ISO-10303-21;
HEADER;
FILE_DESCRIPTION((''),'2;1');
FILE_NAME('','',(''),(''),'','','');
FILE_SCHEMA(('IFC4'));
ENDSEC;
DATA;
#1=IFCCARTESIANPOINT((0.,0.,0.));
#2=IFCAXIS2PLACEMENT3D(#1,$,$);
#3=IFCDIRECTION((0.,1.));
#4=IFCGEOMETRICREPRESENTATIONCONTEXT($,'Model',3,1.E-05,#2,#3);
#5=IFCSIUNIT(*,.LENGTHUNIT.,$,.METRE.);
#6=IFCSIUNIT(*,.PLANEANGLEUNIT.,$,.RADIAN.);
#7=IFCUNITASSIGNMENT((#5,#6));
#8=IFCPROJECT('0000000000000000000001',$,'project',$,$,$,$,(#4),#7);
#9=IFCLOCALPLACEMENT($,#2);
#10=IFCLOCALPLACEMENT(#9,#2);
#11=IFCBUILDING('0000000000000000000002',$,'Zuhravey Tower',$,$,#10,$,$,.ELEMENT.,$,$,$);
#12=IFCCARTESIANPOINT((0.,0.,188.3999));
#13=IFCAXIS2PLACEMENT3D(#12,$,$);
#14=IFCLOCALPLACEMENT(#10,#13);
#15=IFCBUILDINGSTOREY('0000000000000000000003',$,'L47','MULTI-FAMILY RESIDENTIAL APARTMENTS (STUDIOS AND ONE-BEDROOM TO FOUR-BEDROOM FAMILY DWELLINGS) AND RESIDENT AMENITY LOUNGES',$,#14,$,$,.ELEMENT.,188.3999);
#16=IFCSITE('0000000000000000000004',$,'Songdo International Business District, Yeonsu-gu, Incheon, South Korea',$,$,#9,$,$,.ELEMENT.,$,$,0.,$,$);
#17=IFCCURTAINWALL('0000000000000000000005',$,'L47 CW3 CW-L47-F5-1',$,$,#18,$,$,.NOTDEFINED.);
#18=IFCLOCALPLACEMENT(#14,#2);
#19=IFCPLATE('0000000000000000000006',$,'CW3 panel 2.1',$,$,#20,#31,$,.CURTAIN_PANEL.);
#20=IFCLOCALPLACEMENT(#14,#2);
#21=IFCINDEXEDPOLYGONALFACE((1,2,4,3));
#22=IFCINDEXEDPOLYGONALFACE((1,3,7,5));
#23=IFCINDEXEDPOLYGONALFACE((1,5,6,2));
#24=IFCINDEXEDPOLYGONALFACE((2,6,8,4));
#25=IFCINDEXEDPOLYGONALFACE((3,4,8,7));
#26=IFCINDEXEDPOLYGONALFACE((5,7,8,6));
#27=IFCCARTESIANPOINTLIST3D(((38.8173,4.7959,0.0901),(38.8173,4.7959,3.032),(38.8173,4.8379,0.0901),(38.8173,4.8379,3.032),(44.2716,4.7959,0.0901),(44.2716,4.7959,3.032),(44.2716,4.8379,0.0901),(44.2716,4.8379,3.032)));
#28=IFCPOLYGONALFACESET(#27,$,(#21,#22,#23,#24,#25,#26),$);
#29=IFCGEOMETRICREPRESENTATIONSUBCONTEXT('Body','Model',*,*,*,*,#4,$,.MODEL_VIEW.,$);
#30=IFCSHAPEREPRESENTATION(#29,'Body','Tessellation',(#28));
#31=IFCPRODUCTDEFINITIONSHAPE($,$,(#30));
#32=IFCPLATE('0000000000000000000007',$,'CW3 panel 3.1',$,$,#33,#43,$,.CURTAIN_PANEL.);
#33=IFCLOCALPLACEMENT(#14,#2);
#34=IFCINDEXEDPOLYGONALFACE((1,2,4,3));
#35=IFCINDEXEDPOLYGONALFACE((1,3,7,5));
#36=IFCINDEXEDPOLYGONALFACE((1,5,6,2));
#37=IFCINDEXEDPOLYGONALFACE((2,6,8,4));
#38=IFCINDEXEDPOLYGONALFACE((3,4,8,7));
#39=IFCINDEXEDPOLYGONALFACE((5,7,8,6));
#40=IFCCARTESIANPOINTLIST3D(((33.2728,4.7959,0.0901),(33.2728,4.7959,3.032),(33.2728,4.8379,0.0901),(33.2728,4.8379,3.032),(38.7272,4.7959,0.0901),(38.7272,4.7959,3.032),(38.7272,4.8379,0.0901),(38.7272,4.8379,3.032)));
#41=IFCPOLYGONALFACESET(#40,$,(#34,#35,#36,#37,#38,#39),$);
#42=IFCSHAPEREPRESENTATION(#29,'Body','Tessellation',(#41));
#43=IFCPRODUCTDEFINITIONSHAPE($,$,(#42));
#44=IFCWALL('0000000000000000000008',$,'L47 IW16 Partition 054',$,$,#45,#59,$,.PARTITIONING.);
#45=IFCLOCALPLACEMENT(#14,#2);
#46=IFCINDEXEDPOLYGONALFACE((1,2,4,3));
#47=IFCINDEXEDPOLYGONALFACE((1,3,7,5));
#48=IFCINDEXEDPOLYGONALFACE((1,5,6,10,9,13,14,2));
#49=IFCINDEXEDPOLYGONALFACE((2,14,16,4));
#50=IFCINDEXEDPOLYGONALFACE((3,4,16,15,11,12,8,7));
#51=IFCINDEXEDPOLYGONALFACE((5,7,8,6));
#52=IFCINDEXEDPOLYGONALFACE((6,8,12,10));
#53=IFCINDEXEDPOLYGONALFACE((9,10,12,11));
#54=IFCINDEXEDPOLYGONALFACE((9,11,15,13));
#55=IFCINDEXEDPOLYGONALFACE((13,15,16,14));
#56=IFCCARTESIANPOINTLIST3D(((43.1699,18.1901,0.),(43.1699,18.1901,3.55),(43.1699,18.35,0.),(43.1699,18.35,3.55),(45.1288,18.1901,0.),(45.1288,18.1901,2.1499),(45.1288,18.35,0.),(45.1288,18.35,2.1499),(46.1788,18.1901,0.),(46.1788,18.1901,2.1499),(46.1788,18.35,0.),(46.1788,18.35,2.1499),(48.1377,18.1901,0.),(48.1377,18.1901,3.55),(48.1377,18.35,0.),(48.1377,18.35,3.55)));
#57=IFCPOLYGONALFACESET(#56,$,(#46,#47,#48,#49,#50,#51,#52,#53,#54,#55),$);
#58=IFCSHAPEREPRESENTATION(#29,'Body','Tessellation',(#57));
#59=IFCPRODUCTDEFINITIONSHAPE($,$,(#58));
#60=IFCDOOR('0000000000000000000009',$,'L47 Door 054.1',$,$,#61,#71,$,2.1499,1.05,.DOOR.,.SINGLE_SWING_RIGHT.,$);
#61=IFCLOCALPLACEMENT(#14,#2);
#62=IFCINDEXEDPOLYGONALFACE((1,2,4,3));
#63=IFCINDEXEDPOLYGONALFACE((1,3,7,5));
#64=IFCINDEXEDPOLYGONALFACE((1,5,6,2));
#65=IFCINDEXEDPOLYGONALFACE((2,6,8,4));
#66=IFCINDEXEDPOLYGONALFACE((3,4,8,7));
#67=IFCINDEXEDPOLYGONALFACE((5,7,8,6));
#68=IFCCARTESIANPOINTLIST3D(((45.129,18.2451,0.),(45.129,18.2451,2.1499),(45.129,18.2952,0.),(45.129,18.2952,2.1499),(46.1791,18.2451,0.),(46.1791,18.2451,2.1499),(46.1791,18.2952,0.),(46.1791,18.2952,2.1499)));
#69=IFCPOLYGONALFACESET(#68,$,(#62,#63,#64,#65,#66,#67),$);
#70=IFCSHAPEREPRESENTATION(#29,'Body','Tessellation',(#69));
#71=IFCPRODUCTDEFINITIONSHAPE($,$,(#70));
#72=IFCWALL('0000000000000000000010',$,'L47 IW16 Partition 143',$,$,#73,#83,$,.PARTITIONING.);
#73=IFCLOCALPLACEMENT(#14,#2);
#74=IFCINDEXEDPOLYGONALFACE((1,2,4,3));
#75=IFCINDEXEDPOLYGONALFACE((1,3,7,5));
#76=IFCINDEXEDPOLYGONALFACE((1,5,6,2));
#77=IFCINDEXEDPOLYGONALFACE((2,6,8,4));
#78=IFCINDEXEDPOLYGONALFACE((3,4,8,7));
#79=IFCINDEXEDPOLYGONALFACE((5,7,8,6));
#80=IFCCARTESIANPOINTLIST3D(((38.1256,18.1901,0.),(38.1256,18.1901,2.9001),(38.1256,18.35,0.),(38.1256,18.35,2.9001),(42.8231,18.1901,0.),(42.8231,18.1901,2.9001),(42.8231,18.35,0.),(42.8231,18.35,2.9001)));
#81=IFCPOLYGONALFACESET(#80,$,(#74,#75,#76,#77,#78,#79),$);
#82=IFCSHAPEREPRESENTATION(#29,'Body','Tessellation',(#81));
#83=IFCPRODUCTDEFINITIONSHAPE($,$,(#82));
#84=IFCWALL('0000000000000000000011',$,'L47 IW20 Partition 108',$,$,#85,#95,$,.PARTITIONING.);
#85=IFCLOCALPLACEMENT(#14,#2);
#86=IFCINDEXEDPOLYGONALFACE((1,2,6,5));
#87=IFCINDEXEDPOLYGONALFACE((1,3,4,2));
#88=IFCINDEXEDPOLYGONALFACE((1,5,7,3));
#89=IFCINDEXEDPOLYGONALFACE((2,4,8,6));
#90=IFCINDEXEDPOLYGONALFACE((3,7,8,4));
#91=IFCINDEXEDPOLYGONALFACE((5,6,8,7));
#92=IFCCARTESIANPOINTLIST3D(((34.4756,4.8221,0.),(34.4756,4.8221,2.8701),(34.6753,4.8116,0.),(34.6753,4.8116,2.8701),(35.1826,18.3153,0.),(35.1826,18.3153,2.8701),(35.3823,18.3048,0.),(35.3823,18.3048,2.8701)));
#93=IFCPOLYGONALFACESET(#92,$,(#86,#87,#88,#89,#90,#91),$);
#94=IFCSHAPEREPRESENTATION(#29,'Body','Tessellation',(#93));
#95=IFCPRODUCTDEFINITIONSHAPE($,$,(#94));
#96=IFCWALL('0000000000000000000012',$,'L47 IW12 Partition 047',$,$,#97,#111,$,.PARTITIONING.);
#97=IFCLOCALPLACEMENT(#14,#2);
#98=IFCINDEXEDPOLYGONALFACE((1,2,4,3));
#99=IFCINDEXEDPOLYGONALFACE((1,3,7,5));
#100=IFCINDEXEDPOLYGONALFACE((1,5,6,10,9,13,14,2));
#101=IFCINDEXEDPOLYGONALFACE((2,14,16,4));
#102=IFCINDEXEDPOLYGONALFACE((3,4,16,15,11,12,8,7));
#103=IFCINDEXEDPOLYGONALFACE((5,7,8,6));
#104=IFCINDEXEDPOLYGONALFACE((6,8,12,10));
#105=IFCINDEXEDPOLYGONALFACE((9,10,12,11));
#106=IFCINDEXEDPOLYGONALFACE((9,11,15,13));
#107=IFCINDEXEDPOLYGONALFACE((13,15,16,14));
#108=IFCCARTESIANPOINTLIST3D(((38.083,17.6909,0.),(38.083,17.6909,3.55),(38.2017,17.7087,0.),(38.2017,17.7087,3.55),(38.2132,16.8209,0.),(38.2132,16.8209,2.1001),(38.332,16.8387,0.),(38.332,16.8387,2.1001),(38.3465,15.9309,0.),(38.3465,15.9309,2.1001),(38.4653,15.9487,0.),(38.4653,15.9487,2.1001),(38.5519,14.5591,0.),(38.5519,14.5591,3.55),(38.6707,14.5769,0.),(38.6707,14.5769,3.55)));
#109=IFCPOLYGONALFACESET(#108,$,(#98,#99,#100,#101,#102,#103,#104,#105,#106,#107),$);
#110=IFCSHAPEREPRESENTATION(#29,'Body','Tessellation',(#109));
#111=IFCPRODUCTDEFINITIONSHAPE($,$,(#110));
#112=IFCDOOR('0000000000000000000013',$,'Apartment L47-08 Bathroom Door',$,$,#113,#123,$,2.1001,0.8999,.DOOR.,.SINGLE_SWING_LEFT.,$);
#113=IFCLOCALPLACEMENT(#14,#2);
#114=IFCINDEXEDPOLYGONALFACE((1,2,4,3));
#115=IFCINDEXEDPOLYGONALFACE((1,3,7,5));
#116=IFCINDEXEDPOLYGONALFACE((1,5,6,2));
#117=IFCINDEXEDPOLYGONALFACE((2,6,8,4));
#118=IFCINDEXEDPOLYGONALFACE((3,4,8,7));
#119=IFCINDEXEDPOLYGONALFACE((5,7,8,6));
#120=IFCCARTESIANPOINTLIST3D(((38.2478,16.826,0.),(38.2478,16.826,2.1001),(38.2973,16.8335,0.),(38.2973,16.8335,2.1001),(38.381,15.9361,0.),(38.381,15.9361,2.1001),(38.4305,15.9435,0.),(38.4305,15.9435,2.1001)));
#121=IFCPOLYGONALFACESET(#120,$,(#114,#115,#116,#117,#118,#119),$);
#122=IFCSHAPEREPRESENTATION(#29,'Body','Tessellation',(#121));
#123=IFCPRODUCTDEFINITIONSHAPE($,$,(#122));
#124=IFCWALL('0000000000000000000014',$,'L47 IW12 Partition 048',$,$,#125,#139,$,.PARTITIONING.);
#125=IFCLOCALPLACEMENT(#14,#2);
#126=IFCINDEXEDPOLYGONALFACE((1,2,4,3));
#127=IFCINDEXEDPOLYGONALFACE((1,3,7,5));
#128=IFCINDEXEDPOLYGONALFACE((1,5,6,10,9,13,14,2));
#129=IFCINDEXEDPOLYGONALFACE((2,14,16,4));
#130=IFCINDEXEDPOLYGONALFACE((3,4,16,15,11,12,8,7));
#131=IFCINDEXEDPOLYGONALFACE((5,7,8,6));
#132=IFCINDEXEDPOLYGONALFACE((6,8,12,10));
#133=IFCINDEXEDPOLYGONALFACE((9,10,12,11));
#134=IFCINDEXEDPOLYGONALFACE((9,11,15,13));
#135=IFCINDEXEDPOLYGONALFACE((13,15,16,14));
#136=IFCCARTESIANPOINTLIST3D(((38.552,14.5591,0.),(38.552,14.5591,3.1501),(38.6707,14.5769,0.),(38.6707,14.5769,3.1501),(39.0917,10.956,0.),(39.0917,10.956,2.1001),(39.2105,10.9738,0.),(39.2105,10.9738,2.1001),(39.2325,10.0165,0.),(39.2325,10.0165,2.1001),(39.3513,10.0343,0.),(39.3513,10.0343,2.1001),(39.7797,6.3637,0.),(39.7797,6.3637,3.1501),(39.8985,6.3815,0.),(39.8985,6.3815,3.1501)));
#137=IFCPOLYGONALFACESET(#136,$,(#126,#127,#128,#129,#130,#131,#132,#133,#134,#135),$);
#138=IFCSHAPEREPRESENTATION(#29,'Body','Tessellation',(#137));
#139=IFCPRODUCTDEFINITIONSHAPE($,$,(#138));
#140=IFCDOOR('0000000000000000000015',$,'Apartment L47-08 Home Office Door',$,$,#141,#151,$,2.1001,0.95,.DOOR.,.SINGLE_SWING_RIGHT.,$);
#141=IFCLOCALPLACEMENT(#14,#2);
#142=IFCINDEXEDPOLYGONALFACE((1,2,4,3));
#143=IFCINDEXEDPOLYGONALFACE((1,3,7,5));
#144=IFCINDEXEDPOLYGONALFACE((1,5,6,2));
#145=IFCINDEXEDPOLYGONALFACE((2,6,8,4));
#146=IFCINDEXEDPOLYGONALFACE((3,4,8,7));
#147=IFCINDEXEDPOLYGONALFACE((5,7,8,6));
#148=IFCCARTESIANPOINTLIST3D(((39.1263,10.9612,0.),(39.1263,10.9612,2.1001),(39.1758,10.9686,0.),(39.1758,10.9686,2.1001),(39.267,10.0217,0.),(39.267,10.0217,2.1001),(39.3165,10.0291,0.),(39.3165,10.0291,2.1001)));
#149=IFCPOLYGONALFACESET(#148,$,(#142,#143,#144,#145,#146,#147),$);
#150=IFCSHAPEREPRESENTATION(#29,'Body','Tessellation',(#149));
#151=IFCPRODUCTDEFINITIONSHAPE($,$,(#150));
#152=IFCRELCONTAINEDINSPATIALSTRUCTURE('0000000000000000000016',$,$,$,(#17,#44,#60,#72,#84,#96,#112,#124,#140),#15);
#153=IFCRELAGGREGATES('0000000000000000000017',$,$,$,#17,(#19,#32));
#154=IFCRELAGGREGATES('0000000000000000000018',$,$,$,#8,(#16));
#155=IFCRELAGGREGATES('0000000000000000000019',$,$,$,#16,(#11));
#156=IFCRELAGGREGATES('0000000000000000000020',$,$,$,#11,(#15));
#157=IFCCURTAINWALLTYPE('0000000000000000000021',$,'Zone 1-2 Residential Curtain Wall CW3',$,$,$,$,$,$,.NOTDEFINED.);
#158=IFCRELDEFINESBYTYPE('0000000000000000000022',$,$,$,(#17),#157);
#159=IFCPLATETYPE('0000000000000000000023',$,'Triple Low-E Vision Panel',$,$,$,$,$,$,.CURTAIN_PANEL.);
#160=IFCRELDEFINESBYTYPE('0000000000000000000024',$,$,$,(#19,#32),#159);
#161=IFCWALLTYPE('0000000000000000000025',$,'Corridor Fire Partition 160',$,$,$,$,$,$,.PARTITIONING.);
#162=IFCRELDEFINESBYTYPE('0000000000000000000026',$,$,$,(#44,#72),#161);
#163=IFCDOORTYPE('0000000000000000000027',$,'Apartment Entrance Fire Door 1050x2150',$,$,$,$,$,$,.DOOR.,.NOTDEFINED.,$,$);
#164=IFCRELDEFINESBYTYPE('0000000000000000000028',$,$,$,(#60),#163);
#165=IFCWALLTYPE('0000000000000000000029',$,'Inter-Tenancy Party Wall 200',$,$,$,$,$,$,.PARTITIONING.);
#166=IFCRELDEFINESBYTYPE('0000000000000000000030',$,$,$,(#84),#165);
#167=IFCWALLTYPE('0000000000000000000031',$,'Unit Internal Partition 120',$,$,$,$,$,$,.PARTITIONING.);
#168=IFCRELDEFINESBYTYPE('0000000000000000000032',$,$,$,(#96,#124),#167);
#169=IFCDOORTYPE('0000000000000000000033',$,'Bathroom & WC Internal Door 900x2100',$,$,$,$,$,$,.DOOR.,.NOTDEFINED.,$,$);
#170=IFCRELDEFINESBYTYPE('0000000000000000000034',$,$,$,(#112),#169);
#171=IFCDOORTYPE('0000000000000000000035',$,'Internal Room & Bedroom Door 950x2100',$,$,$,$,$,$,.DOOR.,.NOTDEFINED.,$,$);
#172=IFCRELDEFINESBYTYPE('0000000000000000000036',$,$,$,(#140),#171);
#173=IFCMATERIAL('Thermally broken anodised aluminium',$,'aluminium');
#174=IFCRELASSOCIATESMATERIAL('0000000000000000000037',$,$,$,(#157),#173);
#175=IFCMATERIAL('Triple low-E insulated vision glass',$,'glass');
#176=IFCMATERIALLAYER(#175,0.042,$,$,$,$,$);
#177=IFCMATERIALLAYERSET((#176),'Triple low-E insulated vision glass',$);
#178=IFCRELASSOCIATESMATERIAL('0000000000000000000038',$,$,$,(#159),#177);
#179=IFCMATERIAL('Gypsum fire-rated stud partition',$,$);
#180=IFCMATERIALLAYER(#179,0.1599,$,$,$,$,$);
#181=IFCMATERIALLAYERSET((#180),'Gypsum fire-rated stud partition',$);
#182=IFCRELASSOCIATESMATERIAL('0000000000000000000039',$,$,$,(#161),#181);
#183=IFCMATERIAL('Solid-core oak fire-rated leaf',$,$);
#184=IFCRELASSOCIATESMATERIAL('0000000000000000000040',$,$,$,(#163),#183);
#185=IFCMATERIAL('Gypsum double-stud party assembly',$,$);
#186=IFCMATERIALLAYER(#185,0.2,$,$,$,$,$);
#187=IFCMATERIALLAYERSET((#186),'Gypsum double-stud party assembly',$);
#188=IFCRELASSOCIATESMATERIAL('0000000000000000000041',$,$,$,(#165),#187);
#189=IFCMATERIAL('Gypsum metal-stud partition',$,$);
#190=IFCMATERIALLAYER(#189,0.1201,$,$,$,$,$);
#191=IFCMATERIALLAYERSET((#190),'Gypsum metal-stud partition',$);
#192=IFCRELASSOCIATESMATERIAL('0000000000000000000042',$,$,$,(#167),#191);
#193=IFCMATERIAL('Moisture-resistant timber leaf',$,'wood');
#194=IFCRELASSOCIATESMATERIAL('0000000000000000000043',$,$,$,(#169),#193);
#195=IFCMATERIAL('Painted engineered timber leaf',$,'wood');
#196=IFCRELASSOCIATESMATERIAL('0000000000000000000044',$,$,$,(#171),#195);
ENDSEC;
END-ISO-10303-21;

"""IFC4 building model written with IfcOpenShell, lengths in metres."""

from ifc_helpers import new_model, si_unit, direction, frame, frame_2d, origin, origin_2d, place, context, subcontext, project, spatial, rectangle, extrude, material, layer, layer_set, type_object, element, fill, aggregate, save


model = new_model("IFC4")

# Units and contexts
model_context = context("Model", 3, precision=1e-05, world=origin(), true_north=direction((0.0, 1.0)))
body_context = subcontext(model_context, "Body", "Model", "MODEL_VIEW")
ifc_project = project(units=[si_unit("LENGTHUNIT", "METRE"), si_unit("PLANEANGLEUNIT", "RADIAN")], contexts=[model_context])

# Site, building, storey
site_placement = place(None, origin())
site = spatial("IfcSite", under=ifc_project, at=site_placement, Name="Songdo International Business District, Yeonsu-gu, Incheon, South Korea", CompositionType="ELEMENT", RefElevation=0.0)
building_placement = place(site_placement, origin())
building = spatial("IfcBuilding", under=site, at=building_placement, Name="Zuhravey Tower", CompositionType="ELEMENT")
storey_placement = place(building_placement, frame((0.0, 0.0, 188.3999)))
storey = spatial("IfcBuildingStorey", under=building, at=storey_placement, Name="L47", Description="MULTI-FAMILY RESIDENTIAL APARTMENTS (STUDIOS AND ONE-BEDROOM TO FOUR-BEDROOM FAMILY DWELLINGS) AND RESIDENT AMENITY LOUNGES", CompositionType="ELEMENT", Elevation=188.3999)

# Curtain wall
ifc_material_1 = material(Name="Thermally broken anodised aluminium", Category="aluminium")
curtain_wall_type = type_object("IfcCurtainWallType", Name="Zone 1-2 Residential Curtain Wall CW3", PredefinedType="NOTDEFINED", material=ifc_material_1)
curtain_wall_placement = place(storey_placement, origin())
curtain_wall = element("IfcCurtainWall", 1, at=curtain_wall_placement, inside=storey, type_object=curtain_wall_type, Name="L47 CW3 CW-L47-F5-1", PredefinedType="NOTDEFINED")

# Plates
ifc_material_2 = material(Name="Triple low-E insulated vision glass", Category="glass")
ifc_layer_1 = layer(ifc_material_2, 0.042)
ifc_layer_set_1 = layer_set([ifc_layer_1], Name="Triple low-E insulated vision glass")
plate_type = type_object("IfcPlateType", Name="Triple Low-E Vision Panel", PredefinedType="CURTAIN_PANEL", material=ifc_layer_set_1)
plate_1_placement = place(storey_placement, frame((41.5444, 4.8169, 0.0901), z_axis=(0.0, 0.0, 1.0), x_axis=(-1.0, 0.0, 0.0)))
plate_1 = element("IfcPlate", 2, at=plate_1_placement, type_object=plate_type, Name="CW3 panel 2.1", PredefinedType="CURTAIN_PANEL", context=body_context, shape_type="SweptSolid", body=[
    extrude(rectangle(XDim=5.4543, YDim=0.042, at=origin_2d()), origin(), (0.0, 0.0, 1.0), 2.9419),
])
plate_2_placement = place(storey_placement, frame((36.0, 4.8169, 0.0901), z_axis=(0.0, 0.0, 1.0), x_axis=(-1.0, 0.0, 0.0)))
plate_2 = element("IfcPlate", 3, at=plate_2_placement, type_object=plate_type, Name="CW3 panel 3.1", PredefinedType="CURTAIN_PANEL", context=body_context, shape_type="SweptSolid", body=[
    extrude(rectangle(XDim=5.4543, YDim=0.042, at=origin_2d()), origin(), (0.0, 0.0, 1.0), 2.9419),
])
aggregate(curtain_wall, [plate_1, plate_2])

# Wall, opening, door
ifc_material_3 = material(Name="Gypsum fire-rated stud partition")
ifc_layer_2 = layer(ifc_material_3, 0.1599)
ifc_layer_set_2 = layer_set([ifc_layer_2], Name="Gypsum fire-rated stud partition")
wall_type_1 = type_object("IfcWallType", Name="Corridor Fire Partition 160", PredefinedType="PARTITIONING", material=ifc_layer_set_2)
ifc_material_4 = material(Name="Solid-core oak fire-rated leaf")
door_type_1 = type_object("IfcDoorType", Name="Apartment Entrance Fire Door 1050x2150", OperationType="NOTDEFINED", PredefinedType="DOOR", material=ifc_material_4)
wall_1_placement = place(storey_placement, frame((43.1699, 18.27, 0.0), z_axis=(0.0, 0.0, 1.0), x_axis=(1.0, 0.0, 0.0)))
wall_1 = element("IfcWall", 4, at=wall_1_placement, inside=storey, type_object=wall_type_1, Name="L47 IW16 Partition 054", PredefinedType="PARTITIONING", context=body_context, shape_type="SweptSolid", body=[
    extrude(rectangle(XDim=4.9678, YDim=0.1599, at=frame_2d((2.4839, 0.0))), origin(), (0.0, 0.0, 1.0), 3.55),
])
opening_1_placement = place(wall_1_placement, frame((1.959, 0.0, 0.0)))
opening_1 = element("IfcOpeningElement", 5, at=opening_1_placement, cuts=wall_1, PredefinedType="OPENING", context=body_context, shape_type="SweptSolid", body=[
    extrude(rectangle(XDim=1.05, YDim=2.1499, at=frame_2d((0.5249, 1.075))), frame((0.0, 0.092, 0.0), z_axis=(0.0, -1.0, 0.0), x_axis=(1.0, 0.0, 0.0)), (0.0, 0.0, 1.0), 0.1838),
])
door_1_placement = place(opening_1_placement, frame((1.05, 0.0, 0.0), z_axis=(0.0, 0.0, 1.0), x_axis=(-1.0, 0.0, 0.0)))
door_1 = element("IfcDoor", 6, at=door_1_placement, inside=storey, type_object=door_type_1, Name="L47 Door 054.1", OperationType="SINGLE_SWING_RIGHT", OverallHeight=2.1499, OverallWidth=1.05, PredefinedType="DOOR", context=body_context, shape_type="SweptSolid", body=[
    extrude(rectangle(XDim=1.05, YDim=2.1499, at=frame_2d((0.5249, 1.075))), frame((0.0, 0.0249, 0.0), z_axis=(0.0, -1.0, 0.0), x_axis=(1.0, 0.0, 0.0)), (0.0, 0.0, 1.0), 0.05),
])
fill(opening_1, door_1)

# Walls
wall_2_placement = place(storey_placement, frame((38.1257, 18.27, 0.0), z_axis=(0.0, 0.0, 1.0), x_axis=(1.0, 0.0, 0.0)))
element("IfcWall", 7, at=wall_2_placement, inside=storey, type_object=wall_type_1, Name="L47 IW16 Partition 143", PredefinedType="PARTITIONING", context=body_context, shape_type="SweptSolid", body=[
    extrude(rectangle(XDim=4.6975, YDim=0.1599, at=frame_2d((2.3486, 0.0))), origin(), (0.0, 0.0, 1.0), 2.9001),
])
ifc_material_5 = material(Name="Gypsum double-stud party assembly")
ifc_layer_3 = layer(ifc_material_5, 0.2)
ifc_layer_set_3 = layer_set([ifc_layer_3], Name="Gypsum double-stud party assembly")
wall_type_2 = type_object("IfcWallType", Name="Inter-Tenancy Party Wall 200", PredefinedType="PARTITIONING", material=ifc_layer_set_3)
wall_3_placement = place(storey_placement, frame((35.2825, 18.3101, 0.0), z_axis=(0.0, 0.0, 1.0), x_axis=(-0.052327, -0.99863, 0.0)))
element("IfcWall", 8, at=wall_3_placement, inside=storey, type_object=wall_type_2, Name="L47 IW20 Partition 108", PredefinedType="PARTITIONING", context=body_context, shape_type="SweptSolid", body=[
    extrude(rectangle(XDim=13.5117, YDim=0.2, at=frame_2d((6.7559, 0.0))), origin(), (0.0, 0.0, 1.0), 2.8701),
])

# Walls, openings, doors
ifc_material_6 = material(Name="Gypsum metal-stud partition")
ifc_layer_4 = layer(ifc_material_6, 0.1201)
ifc_layer_set_4 = layer_set([ifc_layer_4], Name="Gypsum metal-stud partition")
wall_type_3 = type_object("IfcWallType", Name="Unit Internal Partition 120", PredefinedType="PARTITIONING", material=ifc_layer_set_4)
wall_4_placement = place(storey_placement, frame((38.1423, 17.7, 0.0), z_axis=(0.0, 0.0, 1.0), x_axis=(0.148099, -0.988973, 0.0)))
wall_4 = element("IfcWall", 9, at=wall_4_placement, inside=storey, type_object=wall_type_3, Name="L47 IW12 Partition 047", PredefinedType="PARTITIONING", context=body_context, shape_type="SweptSolid", body=[
    extrude(rectangle(XDim=3.1667, YDim=0.1201, at=frame_2d((1.5835, 0.0))), origin(), (0.0, 0.0, 1.0), 3.55),
])
opening_2_placement = place(wall_4_placement, frame((0.8799, 0.0, 0.0)))
opening_2 = element("IfcOpeningElement", 10, at=opening_2_placement, cuts=wall_4, PredefinedType="OPENING", context=body_context, shape_type="SweptSolid", body=[
    extrude(rectangle(XDim=0.8999, YDim=2.1001, at=frame_2d((0.45, 1.05))), frame((0.0, 0.072, 0.0), z_axis=(0.0, -1.0, 0.0), x_axis=(1.0, 0.0, 0.0)), (0.0, 0.0, 1.0), 0.144),
])
ifc_material_7 = material(Name="Moisture-resistant timber leaf", Category="wood")
door_type_2 = type_object("IfcDoorType", Name="Bathroom & WC Internal Door 900x2100", OperationType="NOTDEFINED", PredefinedType="DOOR", material=ifc_material_7)
door_2_placement = place(opening_2_placement, origin())
door_2 = element("IfcDoor", 11, at=door_2_placement, inside=storey, type_object=door_type_2, Name="Apartment L47-08 Bathroom Door", OperationType="SINGLE_SWING_LEFT", OverallHeight=2.1001, OverallWidth=0.8999, PredefinedType="DOOR", context=body_context, shape_type="SweptSolid", body=[
    extrude(rectangle(XDim=0.8999, YDim=2.1001, at=frame_2d((0.45, 1.05))), frame((0.0, 0.0249, 0.0), z_axis=(0.0, -1.0, 0.0), x_axis=(1.0, 0.0, 0.0)), (0.0, 0.0, 1.0), 0.05),
])
fill(opening_2, door_2)
wall_5_placement = place(storey_placement, frame((38.6113, 14.5681, 0.0), z_axis=(0.0, 0.0, 1.0), x_axis=(0.148162, -0.988963, 0.0)))
wall_5 = element("IfcWall", 12, at=wall_5_placement, inside=storey, type_object=wall_type_3, Name="L47 IW12 Partition 048", PredefinedType="PARTITIONING", context=body_context, shape_type="SweptSolid", body=[
    extrude(rectangle(XDim=8.2869, YDim=0.1201, at=frame_2d((4.1436, 0.0))), origin(), (0.0, 0.0, 1.0), 3.1501),
])
opening_3_placement = place(wall_5_placement, frame((3.6433, 0.0, 0.0)))
opening_3 = element("IfcOpeningElement", 13, at=opening_3_placement, cuts=wall_5, PredefinedType="OPENING", context=body_context, shape_type="SweptSolid", body=[
    extrude(rectangle(XDim=0.95, YDim=2.1001, at=frame_2d((0.4751, 1.05))), frame((0.0, 0.072, 0.0), z_axis=(0.0, -1.0, 0.0), x_axis=(1.0, 0.0, 0.0)), (0.0, 0.0, 1.0), 0.144),
])
ifc_material_8 = material(Name="Painted engineered timber leaf", Category="wood")
door_type_3 = type_object("IfcDoorType", Name="Internal Room & Bedroom Door 950x2100", OperationType="NOTDEFINED", PredefinedType="DOOR", material=ifc_material_8)
door_3_placement = place(opening_3_placement, origin())
door_3 = element("IfcDoor", 14, at=door_3_placement, inside=storey, type_object=door_type_3, Name="Apartment L47-08 Home Office Door", OperationType="SINGLE_SWING_RIGHT", OverallHeight=2.1001, OverallWidth=0.95, PredefinedType="DOOR", context=body_context, shape_type="SweptSolid", body=[
    extrude(rectangle(XDim=0.95, YDim=2.1001, at=frame_2d((0.4751, 1.05))), frame((0.0, 0.0249, 0.0), z_axis=(0.0, -1.0, 0.0), x_axis=(1.0, 0.0, 0.0)), (0.0, 0.0, 1.0), 0.05),
])
fill(opening_3, door_3)

save(model, "model.ifc")
